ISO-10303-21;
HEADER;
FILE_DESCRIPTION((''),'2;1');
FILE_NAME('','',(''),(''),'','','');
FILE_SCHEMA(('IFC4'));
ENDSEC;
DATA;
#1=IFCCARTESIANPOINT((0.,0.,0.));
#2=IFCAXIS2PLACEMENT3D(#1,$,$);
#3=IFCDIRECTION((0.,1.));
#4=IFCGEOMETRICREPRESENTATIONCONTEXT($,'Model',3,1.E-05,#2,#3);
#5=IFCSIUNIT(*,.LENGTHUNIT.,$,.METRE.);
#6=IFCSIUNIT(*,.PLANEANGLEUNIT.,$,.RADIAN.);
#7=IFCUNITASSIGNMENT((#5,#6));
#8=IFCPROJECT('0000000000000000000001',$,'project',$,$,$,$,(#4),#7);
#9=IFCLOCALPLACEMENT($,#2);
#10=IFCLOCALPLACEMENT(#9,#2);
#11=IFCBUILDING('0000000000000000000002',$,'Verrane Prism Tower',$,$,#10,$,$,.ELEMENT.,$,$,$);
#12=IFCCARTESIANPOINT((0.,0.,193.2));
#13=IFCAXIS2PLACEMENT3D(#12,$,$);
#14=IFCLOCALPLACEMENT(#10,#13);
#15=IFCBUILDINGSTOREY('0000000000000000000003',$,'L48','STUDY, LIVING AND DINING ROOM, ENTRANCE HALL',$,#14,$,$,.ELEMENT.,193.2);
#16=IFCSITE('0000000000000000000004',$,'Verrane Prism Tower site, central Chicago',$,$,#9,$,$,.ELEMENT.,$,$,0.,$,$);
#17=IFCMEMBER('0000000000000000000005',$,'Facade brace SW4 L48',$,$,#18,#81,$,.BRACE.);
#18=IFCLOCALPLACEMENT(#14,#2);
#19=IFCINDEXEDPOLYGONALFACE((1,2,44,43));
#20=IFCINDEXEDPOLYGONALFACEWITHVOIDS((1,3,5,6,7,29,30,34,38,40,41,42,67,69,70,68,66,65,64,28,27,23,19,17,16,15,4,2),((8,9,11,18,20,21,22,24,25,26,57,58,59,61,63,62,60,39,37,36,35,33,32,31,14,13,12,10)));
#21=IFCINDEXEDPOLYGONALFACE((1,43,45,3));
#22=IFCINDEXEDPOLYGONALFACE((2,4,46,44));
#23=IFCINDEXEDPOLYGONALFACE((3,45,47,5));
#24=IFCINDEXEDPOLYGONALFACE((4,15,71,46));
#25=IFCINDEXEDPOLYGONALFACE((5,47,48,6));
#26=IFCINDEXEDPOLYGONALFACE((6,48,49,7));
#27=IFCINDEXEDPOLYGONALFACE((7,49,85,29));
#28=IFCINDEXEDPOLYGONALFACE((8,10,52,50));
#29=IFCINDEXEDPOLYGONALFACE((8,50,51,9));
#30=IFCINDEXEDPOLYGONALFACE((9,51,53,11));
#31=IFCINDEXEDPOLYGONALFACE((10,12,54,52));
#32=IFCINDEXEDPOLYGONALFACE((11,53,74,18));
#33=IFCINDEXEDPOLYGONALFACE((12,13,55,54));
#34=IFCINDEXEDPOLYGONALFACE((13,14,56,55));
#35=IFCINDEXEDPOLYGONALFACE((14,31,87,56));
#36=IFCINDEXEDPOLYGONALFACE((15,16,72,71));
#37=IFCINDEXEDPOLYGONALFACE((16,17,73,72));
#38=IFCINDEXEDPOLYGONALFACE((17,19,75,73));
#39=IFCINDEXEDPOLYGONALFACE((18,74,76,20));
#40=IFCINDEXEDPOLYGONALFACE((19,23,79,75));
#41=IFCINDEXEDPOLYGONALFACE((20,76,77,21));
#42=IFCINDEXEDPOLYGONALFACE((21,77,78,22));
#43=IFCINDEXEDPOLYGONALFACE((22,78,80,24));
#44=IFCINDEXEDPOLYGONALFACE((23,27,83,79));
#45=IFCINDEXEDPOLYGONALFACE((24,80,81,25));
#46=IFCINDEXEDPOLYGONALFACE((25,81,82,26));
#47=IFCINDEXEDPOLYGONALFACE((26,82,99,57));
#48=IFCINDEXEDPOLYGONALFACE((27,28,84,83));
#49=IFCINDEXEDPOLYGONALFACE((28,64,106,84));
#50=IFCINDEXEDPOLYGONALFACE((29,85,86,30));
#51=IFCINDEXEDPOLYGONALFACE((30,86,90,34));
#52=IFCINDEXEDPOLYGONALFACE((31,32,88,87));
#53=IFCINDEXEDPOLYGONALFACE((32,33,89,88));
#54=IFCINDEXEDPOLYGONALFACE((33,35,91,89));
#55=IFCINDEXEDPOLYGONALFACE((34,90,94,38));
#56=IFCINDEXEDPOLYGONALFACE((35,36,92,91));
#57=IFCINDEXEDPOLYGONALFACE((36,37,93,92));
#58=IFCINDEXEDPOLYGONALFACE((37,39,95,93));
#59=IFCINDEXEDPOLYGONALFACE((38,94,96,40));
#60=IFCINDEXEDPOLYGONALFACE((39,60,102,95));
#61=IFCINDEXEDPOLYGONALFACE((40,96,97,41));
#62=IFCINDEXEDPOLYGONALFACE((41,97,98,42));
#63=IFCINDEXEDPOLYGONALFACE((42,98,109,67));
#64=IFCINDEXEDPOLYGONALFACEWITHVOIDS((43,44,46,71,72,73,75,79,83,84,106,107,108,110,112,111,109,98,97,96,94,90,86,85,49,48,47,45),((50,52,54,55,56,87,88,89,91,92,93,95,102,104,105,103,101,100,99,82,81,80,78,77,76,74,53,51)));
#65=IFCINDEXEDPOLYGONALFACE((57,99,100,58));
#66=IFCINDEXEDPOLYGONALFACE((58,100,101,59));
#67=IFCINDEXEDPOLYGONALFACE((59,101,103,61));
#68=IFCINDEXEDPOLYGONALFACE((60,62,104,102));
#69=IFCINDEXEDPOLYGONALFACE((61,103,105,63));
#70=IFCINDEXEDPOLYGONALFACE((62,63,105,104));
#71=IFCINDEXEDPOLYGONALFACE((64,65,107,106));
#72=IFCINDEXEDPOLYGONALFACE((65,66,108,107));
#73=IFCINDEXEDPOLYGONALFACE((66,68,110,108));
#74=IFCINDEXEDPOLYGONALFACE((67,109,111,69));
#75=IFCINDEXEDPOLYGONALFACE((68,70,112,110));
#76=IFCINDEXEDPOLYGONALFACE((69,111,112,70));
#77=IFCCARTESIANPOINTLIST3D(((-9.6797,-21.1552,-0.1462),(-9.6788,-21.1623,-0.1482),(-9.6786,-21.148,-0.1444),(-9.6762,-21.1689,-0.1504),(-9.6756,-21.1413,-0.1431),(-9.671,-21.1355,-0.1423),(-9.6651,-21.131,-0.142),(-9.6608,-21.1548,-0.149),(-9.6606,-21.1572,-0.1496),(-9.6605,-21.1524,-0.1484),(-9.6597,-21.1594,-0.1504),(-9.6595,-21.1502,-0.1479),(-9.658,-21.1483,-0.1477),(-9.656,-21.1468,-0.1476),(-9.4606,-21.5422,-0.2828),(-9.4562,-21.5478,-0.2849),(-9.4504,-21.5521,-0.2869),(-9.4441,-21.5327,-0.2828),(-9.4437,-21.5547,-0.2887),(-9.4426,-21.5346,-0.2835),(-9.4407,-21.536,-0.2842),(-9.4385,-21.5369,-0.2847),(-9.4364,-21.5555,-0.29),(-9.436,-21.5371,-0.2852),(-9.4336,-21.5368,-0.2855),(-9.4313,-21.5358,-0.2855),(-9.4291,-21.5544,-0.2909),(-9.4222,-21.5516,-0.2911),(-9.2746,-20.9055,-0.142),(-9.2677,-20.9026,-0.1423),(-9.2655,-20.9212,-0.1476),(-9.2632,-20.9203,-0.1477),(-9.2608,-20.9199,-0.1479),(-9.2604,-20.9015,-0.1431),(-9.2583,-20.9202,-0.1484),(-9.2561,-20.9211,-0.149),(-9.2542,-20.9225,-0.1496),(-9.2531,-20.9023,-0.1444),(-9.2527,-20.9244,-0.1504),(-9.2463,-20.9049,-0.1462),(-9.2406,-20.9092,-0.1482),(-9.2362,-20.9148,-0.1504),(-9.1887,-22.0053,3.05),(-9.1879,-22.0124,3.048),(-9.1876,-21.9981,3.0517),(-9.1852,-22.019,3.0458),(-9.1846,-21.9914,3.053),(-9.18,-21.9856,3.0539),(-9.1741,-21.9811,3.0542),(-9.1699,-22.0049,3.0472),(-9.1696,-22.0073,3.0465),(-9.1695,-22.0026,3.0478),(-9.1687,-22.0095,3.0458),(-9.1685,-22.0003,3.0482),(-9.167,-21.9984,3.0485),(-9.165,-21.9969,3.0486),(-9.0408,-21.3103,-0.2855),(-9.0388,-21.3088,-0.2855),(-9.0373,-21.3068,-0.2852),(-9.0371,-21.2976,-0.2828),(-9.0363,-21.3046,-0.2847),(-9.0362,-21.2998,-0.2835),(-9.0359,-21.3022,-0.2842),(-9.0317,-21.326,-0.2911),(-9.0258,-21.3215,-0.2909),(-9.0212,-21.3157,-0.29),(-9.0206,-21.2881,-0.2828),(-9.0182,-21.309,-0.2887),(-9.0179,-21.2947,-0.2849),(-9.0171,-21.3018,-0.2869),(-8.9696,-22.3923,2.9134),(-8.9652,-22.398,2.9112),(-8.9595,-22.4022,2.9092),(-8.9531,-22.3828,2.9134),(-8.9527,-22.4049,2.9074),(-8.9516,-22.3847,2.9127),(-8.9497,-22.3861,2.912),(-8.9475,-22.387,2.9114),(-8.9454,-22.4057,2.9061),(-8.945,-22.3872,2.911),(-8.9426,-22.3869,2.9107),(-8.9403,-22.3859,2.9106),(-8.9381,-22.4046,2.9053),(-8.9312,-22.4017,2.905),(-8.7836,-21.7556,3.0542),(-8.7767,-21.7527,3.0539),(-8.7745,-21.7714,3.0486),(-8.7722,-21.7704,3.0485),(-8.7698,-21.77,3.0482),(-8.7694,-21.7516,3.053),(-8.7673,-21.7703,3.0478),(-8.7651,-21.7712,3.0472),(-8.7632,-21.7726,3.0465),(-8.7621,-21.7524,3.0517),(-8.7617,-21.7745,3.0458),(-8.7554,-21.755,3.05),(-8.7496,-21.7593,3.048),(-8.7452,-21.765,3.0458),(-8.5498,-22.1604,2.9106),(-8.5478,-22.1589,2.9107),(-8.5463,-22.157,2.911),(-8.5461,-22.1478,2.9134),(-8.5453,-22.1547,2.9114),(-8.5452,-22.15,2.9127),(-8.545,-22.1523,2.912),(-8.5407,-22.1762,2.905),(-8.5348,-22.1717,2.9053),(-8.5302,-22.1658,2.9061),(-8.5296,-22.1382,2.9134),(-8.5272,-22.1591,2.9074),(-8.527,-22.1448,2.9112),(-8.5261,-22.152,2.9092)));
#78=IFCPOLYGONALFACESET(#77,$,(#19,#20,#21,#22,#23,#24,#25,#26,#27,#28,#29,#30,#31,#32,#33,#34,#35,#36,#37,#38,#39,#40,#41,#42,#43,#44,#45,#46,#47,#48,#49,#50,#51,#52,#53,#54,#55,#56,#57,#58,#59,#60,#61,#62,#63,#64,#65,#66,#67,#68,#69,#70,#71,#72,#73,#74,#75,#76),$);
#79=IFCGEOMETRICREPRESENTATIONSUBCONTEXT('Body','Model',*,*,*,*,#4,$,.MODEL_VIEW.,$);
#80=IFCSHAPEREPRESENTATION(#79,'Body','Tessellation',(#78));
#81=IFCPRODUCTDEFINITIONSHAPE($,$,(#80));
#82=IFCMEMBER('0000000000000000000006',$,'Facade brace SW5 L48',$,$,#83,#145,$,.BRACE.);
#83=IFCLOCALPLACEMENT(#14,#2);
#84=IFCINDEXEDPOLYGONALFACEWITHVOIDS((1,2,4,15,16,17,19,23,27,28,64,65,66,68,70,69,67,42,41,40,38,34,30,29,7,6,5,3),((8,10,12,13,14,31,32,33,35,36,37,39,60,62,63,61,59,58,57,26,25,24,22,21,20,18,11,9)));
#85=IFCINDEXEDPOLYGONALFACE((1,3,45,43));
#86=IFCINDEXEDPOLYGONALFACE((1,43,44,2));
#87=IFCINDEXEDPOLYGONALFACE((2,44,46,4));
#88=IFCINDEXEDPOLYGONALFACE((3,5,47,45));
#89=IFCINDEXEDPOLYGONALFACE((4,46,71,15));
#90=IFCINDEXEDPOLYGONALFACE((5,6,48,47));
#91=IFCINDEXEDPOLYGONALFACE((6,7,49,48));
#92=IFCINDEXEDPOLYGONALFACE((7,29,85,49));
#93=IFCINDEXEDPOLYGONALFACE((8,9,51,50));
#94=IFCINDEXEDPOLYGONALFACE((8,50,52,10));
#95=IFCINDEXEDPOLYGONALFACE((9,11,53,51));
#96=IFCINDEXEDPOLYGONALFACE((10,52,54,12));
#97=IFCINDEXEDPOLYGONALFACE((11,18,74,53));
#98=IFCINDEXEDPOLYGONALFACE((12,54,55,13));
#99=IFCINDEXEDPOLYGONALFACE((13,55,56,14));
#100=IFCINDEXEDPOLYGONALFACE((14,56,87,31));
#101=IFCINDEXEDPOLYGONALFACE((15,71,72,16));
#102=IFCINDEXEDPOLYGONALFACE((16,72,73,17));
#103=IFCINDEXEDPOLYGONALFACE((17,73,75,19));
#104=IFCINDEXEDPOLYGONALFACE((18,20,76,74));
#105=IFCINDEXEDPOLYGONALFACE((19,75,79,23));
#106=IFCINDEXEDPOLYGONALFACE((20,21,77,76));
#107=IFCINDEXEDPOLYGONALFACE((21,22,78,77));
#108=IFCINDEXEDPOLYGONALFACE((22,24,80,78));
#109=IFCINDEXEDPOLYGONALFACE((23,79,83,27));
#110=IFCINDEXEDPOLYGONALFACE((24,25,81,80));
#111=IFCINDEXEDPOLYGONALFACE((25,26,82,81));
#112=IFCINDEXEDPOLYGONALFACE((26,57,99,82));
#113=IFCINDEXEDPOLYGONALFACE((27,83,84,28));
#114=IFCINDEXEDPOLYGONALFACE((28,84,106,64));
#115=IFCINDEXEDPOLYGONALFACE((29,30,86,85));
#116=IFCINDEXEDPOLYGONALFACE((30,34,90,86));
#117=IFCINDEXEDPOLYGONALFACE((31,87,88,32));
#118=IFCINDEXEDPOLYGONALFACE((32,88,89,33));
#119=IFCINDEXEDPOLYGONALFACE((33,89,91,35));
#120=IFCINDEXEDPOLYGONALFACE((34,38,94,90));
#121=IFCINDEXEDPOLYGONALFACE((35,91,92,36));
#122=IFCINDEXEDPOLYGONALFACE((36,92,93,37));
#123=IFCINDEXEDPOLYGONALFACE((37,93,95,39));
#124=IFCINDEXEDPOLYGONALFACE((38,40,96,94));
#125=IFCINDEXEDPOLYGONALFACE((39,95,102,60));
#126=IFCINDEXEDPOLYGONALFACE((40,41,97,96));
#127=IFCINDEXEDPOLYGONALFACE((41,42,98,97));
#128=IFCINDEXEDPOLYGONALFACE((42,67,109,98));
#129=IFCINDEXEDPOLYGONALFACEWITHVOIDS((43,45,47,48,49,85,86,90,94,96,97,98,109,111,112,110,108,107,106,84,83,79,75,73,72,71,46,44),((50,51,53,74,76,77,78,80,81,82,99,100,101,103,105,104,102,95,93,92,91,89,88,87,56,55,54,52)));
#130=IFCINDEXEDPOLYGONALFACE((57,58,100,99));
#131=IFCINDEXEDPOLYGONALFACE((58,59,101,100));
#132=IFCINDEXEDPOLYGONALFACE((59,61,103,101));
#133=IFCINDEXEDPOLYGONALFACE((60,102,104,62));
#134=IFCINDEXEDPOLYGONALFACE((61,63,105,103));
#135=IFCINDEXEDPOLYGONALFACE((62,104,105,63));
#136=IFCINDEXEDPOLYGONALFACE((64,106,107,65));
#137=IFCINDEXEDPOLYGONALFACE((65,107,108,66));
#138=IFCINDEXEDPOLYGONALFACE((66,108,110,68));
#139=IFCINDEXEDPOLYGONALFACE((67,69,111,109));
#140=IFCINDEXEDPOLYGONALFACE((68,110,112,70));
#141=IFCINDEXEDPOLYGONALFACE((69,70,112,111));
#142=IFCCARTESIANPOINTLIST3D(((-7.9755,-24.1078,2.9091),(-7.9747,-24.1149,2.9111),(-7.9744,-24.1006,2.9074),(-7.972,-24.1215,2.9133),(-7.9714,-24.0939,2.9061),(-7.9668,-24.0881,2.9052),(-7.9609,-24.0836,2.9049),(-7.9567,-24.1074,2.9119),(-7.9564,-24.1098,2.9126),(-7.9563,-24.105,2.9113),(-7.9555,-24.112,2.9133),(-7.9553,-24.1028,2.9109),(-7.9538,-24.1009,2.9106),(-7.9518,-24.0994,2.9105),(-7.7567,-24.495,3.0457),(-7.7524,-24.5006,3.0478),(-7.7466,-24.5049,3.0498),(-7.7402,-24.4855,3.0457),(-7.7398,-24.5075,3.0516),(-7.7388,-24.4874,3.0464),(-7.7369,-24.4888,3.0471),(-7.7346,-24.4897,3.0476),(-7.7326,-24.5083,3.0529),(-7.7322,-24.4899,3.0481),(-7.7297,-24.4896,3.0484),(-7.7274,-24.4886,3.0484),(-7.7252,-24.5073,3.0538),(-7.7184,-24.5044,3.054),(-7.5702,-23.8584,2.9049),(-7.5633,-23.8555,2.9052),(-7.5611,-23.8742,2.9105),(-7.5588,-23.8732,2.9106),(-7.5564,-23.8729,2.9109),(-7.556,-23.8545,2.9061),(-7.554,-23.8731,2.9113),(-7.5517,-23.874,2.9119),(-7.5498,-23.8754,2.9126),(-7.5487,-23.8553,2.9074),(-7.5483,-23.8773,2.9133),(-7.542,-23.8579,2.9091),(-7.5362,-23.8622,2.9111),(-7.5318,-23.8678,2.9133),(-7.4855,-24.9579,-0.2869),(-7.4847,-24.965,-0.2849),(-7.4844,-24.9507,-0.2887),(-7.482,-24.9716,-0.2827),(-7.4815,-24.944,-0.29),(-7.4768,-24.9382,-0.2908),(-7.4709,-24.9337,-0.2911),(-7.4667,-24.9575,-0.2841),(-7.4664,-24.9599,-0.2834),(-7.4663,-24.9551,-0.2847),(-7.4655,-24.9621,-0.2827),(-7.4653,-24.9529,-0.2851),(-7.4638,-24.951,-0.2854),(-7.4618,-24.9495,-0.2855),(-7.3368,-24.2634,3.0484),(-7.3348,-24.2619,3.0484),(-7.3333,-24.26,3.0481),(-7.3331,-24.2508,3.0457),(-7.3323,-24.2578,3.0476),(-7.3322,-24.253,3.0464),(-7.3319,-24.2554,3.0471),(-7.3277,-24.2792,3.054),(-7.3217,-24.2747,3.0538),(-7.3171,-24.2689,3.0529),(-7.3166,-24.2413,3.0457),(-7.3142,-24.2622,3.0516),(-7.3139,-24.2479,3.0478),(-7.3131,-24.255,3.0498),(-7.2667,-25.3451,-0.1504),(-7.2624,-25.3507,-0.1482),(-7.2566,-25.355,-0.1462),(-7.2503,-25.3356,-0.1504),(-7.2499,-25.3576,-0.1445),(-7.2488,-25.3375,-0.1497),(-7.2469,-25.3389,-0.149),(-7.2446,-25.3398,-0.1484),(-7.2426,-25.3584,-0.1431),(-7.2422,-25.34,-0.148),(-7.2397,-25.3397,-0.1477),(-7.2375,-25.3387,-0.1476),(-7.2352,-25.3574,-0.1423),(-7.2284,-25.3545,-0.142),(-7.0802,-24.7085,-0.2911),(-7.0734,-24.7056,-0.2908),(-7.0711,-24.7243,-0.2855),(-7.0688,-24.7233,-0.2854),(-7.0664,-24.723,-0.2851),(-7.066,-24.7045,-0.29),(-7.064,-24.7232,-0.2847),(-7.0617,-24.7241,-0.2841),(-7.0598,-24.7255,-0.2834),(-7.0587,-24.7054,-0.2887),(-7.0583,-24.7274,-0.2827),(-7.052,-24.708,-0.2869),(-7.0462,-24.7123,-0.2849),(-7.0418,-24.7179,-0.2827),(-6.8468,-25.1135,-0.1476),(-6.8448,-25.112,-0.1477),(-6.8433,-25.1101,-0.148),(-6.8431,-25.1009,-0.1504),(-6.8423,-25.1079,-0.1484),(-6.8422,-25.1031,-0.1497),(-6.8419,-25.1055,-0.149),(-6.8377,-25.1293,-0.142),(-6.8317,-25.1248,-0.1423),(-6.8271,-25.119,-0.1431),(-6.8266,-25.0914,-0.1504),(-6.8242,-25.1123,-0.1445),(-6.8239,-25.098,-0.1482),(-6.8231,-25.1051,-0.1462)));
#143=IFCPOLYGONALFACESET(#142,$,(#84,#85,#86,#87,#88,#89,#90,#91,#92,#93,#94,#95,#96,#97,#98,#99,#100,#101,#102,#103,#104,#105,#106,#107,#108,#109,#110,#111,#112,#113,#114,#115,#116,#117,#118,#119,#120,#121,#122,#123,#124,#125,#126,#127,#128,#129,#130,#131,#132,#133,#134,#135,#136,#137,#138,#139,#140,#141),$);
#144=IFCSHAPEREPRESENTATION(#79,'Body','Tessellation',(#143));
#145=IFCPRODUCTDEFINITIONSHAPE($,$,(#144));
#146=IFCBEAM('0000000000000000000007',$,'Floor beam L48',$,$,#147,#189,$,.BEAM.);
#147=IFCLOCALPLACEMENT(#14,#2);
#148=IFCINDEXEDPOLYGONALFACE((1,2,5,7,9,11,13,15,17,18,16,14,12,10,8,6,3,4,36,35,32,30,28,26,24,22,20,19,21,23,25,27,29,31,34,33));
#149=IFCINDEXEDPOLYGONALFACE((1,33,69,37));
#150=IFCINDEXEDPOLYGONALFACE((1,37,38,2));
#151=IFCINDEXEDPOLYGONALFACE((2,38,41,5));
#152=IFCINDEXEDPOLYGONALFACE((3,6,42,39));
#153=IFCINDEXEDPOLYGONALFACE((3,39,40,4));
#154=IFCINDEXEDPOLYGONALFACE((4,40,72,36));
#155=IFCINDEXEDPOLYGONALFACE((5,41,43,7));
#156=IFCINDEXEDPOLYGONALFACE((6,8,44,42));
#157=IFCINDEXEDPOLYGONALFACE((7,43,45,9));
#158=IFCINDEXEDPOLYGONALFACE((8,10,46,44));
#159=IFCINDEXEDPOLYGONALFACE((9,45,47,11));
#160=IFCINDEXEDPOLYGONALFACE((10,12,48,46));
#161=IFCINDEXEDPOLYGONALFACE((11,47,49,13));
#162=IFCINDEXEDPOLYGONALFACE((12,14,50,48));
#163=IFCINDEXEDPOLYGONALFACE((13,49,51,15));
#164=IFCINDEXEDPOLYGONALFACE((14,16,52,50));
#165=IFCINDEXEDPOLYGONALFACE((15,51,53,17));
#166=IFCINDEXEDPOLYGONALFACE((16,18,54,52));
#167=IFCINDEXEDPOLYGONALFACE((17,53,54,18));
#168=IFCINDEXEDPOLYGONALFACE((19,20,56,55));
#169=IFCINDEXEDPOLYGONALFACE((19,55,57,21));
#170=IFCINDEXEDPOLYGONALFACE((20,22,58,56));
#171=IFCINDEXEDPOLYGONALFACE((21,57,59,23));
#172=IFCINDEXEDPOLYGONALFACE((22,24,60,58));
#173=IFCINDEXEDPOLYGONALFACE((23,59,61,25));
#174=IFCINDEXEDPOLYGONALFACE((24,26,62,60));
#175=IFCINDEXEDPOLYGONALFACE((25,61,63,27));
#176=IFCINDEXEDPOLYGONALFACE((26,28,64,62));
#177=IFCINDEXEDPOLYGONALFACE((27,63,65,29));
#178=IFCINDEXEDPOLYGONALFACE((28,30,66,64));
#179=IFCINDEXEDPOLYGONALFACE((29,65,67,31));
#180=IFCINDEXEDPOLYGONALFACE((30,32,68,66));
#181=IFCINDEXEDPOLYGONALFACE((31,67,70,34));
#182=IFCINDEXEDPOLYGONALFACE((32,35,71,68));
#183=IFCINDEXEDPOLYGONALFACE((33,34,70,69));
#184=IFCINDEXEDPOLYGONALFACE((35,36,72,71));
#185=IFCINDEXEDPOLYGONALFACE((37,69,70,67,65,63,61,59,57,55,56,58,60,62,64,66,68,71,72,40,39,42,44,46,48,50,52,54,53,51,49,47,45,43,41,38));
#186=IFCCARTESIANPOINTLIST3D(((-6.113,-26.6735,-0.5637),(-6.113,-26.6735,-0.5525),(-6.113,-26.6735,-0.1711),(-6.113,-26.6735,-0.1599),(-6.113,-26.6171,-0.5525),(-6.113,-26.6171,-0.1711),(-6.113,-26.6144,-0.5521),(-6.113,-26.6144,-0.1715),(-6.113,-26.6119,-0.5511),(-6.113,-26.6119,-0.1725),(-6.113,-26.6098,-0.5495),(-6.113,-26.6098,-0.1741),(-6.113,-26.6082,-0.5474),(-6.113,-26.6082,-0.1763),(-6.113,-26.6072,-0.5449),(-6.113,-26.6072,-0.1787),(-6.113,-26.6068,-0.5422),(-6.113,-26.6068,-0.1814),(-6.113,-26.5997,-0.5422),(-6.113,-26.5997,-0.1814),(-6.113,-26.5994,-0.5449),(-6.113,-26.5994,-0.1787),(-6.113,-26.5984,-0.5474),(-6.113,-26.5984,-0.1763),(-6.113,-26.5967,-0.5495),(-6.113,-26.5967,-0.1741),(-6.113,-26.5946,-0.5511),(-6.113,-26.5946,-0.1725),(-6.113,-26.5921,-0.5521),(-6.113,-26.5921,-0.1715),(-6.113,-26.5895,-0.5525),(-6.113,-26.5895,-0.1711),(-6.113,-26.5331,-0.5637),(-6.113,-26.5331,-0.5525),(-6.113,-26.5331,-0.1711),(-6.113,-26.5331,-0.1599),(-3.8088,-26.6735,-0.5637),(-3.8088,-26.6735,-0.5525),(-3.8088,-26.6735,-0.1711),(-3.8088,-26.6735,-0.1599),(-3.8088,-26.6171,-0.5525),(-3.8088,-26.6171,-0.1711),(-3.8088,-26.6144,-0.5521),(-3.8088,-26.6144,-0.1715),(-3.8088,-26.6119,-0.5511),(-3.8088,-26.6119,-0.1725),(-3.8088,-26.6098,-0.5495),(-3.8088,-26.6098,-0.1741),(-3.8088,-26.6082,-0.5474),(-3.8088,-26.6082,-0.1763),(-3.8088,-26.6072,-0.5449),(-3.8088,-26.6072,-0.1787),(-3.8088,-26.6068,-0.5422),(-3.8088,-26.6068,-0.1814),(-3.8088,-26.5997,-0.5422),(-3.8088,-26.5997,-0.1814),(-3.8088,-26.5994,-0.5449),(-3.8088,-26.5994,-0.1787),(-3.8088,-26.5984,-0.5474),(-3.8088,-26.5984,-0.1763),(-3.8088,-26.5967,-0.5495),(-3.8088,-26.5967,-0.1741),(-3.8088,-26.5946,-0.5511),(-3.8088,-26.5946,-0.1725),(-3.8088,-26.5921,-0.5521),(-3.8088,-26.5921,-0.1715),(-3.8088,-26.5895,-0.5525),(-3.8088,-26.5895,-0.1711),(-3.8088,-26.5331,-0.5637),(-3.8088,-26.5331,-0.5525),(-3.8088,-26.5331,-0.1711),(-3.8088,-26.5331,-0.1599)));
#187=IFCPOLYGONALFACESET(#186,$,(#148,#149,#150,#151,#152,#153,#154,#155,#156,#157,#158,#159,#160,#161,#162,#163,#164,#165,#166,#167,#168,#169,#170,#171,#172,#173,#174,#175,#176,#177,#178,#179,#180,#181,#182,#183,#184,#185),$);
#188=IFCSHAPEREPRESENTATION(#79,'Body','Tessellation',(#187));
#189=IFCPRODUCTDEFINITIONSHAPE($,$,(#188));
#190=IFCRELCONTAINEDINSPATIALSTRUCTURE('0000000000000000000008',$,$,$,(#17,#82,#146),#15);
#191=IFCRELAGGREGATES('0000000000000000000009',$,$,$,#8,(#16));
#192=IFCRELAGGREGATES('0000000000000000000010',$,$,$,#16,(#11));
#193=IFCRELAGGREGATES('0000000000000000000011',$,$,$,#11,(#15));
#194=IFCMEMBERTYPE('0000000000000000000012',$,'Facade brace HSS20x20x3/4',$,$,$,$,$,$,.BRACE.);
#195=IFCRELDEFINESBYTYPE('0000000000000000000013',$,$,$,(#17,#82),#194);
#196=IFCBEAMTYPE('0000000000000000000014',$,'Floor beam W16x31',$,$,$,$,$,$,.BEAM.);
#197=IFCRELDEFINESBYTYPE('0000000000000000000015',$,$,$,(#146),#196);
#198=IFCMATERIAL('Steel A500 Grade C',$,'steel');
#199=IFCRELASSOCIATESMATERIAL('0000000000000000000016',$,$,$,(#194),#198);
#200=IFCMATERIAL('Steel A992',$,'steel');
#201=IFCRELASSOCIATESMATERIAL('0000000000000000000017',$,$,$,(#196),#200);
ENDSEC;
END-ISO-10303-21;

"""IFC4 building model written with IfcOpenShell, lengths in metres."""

from ifc_helpers import new_model, si_unit, direction, frame, origin, origin_2d, place, context, subcontext, project, spatial, hollow_rectangle, i_section, extrude, material, material_profile, profile_set, type_object, element, save


model = new_model("IFC4")

# Units and contexts
model_context = context("Model", 3, precision=1e-05, world=origin(), true_north=direction((0.0, 1.0)))
body_context = subcontext(model_context, "Body", "Model", "MODEL_VIEW")
ifc_project = project(units=[si_unit("LENGTHUNIT", "METRE"), si_unit("PLANEANGLEUNIT", "RADIAN")], contexts=[model_context])

# Site, building, storey
site_placement = place(None, origin())
site = spatial("IfcSite", under=ifc_project, at=site_placement, Name="Verrane Prism Tower site, central Chicago", CompositionType="ELEMENT", RefElevation=0.0)
building_placement = place(site_placement, origin())
building = spatial("IfcBuilding", under=site, at=building_placement, Name="Verrane Prism Tower", CompositionType="ELEMENT")
storey_placement = place(building_placement, frame((0.0, 0.0, 193.2)))
storey = spatial("IfcBuildingStorey", under=building, at=storey_placement, Name="L48", Description="STUDY, LIVING AND DINING ROOM, ENTRANCE HALL", CompositionType="ELEMENT", Elevation=193.2)

# Members
ifc_material_1 = material(Name="Steel A500 Grade C", Category="steel")
ifc_material_profile_1 = material_profile(ifc_material_1, hollow_rectangle(XDim=0.5081, YDim=0.5081, WallThickness=0.019, InnerFilletRadius=0.0095, OuterFilletRadius=0.0286, at=origin_2d()), Name="HSS20x20x3/4")
ifc_profile_set_1 = profile_set([ifc_material_profile_1], Name="Steel A500 Grade C")
member_type_1 = type_object("IfcMemberType", Name="Facade brace HSS20x20x3/4", PredefinedType="BRACE", material=ifc_profile_set_1)
member_1_placement = place(storey_placement, frame((-9.3484, -21.2285, -0.2166), z_axis=(0.146846, -0.25426, 0.955923), x_axis=(0.865954, 0.500124, 0.0)))
element("IfcMember", 1, at=member_1_placement, inside=storey, type_object=member_type_1, Name="Facade brace SW4 L48", PredefinedType="BRACE", context=body_context, shape_type="SweptSolid", body=[
    extrude(hollow_rectangle(XDim=0.5081, YDim=0.5081, WallThickness=0.019, InnerFilletRadius=0.0095, OuterFilletRadius=0.0286, at=origin_2d()), origin(), (0.0, 0.0, 1.0), 3.3435),
])
member_2_placement = place(storey_placement, frame((-7.1543, -25.0315, -0.2166), z_axis=(-0.14656, 0.254271, 0.955964), x_axis=(-0.866384, -0.499378, 0.0)))
element("IfcMember", 2, at=member_2_placement, inside=storey, type_object=member_type_1, Name="Facade brace SW5 L48", PredefinedType="BRACE", context=body_context, shape_type="SweptSolid", body=[
    extrude(hollow_rectangle(XDim=0.5081, YDim=0.5081, WallThickness=0.019, InnerFilletRadius=0.0095, OuterFilletRadius=0.0286, at=origin_2d()), origin(), (0.0, 0.0, 1.0), 3.3433),
])

# Beam
ifc_material_2 = material(Name="Steel A992", Category="steel")
ifc_material_profile_2 = material_profile(ifc_material_2, i_section(OverallWidth=0.1404, OverallDepth=0.4038, WebThickness=0.0071, FlangeThickness=0.0112, FilletRadius=0.0103, at=origin_2d()), Name="W16x31")
ifc_profile_set_2 = profile_set([ifc_material_profile_2], Name="Steel A992")
beam_type_1 = type_object("IfcBeamType", Name="Floor beam W16x31", PredefinedType="BEAM", material=ifc_profile_set_2)
beam_1_placement = place(storey_placement, frame((-6.113, -26.6033, -0.3618), z_axis=(1.0, 0.0, 0.0), x_axis=(0.0, 1.0, 0.0)))
element("IfcBeam", 3, at=beam_1_placement, inside=storey, type_object=beam_type_1, Name="Floor beam L48", PredefinedType="BEAM", context=body_context, shape_type="SweptSolid", body=[
    extrude(i_section(OverallWidth=0.1404, OverallDepth=0.4038, WebThickness=0.0071, FlangeThickness=0.0112, FilletRadius=0.0103, at=origin_2d()), origin(), (0.0, 0.0, 1.0), 2.3042),
])

save(model, "model.ifc")
